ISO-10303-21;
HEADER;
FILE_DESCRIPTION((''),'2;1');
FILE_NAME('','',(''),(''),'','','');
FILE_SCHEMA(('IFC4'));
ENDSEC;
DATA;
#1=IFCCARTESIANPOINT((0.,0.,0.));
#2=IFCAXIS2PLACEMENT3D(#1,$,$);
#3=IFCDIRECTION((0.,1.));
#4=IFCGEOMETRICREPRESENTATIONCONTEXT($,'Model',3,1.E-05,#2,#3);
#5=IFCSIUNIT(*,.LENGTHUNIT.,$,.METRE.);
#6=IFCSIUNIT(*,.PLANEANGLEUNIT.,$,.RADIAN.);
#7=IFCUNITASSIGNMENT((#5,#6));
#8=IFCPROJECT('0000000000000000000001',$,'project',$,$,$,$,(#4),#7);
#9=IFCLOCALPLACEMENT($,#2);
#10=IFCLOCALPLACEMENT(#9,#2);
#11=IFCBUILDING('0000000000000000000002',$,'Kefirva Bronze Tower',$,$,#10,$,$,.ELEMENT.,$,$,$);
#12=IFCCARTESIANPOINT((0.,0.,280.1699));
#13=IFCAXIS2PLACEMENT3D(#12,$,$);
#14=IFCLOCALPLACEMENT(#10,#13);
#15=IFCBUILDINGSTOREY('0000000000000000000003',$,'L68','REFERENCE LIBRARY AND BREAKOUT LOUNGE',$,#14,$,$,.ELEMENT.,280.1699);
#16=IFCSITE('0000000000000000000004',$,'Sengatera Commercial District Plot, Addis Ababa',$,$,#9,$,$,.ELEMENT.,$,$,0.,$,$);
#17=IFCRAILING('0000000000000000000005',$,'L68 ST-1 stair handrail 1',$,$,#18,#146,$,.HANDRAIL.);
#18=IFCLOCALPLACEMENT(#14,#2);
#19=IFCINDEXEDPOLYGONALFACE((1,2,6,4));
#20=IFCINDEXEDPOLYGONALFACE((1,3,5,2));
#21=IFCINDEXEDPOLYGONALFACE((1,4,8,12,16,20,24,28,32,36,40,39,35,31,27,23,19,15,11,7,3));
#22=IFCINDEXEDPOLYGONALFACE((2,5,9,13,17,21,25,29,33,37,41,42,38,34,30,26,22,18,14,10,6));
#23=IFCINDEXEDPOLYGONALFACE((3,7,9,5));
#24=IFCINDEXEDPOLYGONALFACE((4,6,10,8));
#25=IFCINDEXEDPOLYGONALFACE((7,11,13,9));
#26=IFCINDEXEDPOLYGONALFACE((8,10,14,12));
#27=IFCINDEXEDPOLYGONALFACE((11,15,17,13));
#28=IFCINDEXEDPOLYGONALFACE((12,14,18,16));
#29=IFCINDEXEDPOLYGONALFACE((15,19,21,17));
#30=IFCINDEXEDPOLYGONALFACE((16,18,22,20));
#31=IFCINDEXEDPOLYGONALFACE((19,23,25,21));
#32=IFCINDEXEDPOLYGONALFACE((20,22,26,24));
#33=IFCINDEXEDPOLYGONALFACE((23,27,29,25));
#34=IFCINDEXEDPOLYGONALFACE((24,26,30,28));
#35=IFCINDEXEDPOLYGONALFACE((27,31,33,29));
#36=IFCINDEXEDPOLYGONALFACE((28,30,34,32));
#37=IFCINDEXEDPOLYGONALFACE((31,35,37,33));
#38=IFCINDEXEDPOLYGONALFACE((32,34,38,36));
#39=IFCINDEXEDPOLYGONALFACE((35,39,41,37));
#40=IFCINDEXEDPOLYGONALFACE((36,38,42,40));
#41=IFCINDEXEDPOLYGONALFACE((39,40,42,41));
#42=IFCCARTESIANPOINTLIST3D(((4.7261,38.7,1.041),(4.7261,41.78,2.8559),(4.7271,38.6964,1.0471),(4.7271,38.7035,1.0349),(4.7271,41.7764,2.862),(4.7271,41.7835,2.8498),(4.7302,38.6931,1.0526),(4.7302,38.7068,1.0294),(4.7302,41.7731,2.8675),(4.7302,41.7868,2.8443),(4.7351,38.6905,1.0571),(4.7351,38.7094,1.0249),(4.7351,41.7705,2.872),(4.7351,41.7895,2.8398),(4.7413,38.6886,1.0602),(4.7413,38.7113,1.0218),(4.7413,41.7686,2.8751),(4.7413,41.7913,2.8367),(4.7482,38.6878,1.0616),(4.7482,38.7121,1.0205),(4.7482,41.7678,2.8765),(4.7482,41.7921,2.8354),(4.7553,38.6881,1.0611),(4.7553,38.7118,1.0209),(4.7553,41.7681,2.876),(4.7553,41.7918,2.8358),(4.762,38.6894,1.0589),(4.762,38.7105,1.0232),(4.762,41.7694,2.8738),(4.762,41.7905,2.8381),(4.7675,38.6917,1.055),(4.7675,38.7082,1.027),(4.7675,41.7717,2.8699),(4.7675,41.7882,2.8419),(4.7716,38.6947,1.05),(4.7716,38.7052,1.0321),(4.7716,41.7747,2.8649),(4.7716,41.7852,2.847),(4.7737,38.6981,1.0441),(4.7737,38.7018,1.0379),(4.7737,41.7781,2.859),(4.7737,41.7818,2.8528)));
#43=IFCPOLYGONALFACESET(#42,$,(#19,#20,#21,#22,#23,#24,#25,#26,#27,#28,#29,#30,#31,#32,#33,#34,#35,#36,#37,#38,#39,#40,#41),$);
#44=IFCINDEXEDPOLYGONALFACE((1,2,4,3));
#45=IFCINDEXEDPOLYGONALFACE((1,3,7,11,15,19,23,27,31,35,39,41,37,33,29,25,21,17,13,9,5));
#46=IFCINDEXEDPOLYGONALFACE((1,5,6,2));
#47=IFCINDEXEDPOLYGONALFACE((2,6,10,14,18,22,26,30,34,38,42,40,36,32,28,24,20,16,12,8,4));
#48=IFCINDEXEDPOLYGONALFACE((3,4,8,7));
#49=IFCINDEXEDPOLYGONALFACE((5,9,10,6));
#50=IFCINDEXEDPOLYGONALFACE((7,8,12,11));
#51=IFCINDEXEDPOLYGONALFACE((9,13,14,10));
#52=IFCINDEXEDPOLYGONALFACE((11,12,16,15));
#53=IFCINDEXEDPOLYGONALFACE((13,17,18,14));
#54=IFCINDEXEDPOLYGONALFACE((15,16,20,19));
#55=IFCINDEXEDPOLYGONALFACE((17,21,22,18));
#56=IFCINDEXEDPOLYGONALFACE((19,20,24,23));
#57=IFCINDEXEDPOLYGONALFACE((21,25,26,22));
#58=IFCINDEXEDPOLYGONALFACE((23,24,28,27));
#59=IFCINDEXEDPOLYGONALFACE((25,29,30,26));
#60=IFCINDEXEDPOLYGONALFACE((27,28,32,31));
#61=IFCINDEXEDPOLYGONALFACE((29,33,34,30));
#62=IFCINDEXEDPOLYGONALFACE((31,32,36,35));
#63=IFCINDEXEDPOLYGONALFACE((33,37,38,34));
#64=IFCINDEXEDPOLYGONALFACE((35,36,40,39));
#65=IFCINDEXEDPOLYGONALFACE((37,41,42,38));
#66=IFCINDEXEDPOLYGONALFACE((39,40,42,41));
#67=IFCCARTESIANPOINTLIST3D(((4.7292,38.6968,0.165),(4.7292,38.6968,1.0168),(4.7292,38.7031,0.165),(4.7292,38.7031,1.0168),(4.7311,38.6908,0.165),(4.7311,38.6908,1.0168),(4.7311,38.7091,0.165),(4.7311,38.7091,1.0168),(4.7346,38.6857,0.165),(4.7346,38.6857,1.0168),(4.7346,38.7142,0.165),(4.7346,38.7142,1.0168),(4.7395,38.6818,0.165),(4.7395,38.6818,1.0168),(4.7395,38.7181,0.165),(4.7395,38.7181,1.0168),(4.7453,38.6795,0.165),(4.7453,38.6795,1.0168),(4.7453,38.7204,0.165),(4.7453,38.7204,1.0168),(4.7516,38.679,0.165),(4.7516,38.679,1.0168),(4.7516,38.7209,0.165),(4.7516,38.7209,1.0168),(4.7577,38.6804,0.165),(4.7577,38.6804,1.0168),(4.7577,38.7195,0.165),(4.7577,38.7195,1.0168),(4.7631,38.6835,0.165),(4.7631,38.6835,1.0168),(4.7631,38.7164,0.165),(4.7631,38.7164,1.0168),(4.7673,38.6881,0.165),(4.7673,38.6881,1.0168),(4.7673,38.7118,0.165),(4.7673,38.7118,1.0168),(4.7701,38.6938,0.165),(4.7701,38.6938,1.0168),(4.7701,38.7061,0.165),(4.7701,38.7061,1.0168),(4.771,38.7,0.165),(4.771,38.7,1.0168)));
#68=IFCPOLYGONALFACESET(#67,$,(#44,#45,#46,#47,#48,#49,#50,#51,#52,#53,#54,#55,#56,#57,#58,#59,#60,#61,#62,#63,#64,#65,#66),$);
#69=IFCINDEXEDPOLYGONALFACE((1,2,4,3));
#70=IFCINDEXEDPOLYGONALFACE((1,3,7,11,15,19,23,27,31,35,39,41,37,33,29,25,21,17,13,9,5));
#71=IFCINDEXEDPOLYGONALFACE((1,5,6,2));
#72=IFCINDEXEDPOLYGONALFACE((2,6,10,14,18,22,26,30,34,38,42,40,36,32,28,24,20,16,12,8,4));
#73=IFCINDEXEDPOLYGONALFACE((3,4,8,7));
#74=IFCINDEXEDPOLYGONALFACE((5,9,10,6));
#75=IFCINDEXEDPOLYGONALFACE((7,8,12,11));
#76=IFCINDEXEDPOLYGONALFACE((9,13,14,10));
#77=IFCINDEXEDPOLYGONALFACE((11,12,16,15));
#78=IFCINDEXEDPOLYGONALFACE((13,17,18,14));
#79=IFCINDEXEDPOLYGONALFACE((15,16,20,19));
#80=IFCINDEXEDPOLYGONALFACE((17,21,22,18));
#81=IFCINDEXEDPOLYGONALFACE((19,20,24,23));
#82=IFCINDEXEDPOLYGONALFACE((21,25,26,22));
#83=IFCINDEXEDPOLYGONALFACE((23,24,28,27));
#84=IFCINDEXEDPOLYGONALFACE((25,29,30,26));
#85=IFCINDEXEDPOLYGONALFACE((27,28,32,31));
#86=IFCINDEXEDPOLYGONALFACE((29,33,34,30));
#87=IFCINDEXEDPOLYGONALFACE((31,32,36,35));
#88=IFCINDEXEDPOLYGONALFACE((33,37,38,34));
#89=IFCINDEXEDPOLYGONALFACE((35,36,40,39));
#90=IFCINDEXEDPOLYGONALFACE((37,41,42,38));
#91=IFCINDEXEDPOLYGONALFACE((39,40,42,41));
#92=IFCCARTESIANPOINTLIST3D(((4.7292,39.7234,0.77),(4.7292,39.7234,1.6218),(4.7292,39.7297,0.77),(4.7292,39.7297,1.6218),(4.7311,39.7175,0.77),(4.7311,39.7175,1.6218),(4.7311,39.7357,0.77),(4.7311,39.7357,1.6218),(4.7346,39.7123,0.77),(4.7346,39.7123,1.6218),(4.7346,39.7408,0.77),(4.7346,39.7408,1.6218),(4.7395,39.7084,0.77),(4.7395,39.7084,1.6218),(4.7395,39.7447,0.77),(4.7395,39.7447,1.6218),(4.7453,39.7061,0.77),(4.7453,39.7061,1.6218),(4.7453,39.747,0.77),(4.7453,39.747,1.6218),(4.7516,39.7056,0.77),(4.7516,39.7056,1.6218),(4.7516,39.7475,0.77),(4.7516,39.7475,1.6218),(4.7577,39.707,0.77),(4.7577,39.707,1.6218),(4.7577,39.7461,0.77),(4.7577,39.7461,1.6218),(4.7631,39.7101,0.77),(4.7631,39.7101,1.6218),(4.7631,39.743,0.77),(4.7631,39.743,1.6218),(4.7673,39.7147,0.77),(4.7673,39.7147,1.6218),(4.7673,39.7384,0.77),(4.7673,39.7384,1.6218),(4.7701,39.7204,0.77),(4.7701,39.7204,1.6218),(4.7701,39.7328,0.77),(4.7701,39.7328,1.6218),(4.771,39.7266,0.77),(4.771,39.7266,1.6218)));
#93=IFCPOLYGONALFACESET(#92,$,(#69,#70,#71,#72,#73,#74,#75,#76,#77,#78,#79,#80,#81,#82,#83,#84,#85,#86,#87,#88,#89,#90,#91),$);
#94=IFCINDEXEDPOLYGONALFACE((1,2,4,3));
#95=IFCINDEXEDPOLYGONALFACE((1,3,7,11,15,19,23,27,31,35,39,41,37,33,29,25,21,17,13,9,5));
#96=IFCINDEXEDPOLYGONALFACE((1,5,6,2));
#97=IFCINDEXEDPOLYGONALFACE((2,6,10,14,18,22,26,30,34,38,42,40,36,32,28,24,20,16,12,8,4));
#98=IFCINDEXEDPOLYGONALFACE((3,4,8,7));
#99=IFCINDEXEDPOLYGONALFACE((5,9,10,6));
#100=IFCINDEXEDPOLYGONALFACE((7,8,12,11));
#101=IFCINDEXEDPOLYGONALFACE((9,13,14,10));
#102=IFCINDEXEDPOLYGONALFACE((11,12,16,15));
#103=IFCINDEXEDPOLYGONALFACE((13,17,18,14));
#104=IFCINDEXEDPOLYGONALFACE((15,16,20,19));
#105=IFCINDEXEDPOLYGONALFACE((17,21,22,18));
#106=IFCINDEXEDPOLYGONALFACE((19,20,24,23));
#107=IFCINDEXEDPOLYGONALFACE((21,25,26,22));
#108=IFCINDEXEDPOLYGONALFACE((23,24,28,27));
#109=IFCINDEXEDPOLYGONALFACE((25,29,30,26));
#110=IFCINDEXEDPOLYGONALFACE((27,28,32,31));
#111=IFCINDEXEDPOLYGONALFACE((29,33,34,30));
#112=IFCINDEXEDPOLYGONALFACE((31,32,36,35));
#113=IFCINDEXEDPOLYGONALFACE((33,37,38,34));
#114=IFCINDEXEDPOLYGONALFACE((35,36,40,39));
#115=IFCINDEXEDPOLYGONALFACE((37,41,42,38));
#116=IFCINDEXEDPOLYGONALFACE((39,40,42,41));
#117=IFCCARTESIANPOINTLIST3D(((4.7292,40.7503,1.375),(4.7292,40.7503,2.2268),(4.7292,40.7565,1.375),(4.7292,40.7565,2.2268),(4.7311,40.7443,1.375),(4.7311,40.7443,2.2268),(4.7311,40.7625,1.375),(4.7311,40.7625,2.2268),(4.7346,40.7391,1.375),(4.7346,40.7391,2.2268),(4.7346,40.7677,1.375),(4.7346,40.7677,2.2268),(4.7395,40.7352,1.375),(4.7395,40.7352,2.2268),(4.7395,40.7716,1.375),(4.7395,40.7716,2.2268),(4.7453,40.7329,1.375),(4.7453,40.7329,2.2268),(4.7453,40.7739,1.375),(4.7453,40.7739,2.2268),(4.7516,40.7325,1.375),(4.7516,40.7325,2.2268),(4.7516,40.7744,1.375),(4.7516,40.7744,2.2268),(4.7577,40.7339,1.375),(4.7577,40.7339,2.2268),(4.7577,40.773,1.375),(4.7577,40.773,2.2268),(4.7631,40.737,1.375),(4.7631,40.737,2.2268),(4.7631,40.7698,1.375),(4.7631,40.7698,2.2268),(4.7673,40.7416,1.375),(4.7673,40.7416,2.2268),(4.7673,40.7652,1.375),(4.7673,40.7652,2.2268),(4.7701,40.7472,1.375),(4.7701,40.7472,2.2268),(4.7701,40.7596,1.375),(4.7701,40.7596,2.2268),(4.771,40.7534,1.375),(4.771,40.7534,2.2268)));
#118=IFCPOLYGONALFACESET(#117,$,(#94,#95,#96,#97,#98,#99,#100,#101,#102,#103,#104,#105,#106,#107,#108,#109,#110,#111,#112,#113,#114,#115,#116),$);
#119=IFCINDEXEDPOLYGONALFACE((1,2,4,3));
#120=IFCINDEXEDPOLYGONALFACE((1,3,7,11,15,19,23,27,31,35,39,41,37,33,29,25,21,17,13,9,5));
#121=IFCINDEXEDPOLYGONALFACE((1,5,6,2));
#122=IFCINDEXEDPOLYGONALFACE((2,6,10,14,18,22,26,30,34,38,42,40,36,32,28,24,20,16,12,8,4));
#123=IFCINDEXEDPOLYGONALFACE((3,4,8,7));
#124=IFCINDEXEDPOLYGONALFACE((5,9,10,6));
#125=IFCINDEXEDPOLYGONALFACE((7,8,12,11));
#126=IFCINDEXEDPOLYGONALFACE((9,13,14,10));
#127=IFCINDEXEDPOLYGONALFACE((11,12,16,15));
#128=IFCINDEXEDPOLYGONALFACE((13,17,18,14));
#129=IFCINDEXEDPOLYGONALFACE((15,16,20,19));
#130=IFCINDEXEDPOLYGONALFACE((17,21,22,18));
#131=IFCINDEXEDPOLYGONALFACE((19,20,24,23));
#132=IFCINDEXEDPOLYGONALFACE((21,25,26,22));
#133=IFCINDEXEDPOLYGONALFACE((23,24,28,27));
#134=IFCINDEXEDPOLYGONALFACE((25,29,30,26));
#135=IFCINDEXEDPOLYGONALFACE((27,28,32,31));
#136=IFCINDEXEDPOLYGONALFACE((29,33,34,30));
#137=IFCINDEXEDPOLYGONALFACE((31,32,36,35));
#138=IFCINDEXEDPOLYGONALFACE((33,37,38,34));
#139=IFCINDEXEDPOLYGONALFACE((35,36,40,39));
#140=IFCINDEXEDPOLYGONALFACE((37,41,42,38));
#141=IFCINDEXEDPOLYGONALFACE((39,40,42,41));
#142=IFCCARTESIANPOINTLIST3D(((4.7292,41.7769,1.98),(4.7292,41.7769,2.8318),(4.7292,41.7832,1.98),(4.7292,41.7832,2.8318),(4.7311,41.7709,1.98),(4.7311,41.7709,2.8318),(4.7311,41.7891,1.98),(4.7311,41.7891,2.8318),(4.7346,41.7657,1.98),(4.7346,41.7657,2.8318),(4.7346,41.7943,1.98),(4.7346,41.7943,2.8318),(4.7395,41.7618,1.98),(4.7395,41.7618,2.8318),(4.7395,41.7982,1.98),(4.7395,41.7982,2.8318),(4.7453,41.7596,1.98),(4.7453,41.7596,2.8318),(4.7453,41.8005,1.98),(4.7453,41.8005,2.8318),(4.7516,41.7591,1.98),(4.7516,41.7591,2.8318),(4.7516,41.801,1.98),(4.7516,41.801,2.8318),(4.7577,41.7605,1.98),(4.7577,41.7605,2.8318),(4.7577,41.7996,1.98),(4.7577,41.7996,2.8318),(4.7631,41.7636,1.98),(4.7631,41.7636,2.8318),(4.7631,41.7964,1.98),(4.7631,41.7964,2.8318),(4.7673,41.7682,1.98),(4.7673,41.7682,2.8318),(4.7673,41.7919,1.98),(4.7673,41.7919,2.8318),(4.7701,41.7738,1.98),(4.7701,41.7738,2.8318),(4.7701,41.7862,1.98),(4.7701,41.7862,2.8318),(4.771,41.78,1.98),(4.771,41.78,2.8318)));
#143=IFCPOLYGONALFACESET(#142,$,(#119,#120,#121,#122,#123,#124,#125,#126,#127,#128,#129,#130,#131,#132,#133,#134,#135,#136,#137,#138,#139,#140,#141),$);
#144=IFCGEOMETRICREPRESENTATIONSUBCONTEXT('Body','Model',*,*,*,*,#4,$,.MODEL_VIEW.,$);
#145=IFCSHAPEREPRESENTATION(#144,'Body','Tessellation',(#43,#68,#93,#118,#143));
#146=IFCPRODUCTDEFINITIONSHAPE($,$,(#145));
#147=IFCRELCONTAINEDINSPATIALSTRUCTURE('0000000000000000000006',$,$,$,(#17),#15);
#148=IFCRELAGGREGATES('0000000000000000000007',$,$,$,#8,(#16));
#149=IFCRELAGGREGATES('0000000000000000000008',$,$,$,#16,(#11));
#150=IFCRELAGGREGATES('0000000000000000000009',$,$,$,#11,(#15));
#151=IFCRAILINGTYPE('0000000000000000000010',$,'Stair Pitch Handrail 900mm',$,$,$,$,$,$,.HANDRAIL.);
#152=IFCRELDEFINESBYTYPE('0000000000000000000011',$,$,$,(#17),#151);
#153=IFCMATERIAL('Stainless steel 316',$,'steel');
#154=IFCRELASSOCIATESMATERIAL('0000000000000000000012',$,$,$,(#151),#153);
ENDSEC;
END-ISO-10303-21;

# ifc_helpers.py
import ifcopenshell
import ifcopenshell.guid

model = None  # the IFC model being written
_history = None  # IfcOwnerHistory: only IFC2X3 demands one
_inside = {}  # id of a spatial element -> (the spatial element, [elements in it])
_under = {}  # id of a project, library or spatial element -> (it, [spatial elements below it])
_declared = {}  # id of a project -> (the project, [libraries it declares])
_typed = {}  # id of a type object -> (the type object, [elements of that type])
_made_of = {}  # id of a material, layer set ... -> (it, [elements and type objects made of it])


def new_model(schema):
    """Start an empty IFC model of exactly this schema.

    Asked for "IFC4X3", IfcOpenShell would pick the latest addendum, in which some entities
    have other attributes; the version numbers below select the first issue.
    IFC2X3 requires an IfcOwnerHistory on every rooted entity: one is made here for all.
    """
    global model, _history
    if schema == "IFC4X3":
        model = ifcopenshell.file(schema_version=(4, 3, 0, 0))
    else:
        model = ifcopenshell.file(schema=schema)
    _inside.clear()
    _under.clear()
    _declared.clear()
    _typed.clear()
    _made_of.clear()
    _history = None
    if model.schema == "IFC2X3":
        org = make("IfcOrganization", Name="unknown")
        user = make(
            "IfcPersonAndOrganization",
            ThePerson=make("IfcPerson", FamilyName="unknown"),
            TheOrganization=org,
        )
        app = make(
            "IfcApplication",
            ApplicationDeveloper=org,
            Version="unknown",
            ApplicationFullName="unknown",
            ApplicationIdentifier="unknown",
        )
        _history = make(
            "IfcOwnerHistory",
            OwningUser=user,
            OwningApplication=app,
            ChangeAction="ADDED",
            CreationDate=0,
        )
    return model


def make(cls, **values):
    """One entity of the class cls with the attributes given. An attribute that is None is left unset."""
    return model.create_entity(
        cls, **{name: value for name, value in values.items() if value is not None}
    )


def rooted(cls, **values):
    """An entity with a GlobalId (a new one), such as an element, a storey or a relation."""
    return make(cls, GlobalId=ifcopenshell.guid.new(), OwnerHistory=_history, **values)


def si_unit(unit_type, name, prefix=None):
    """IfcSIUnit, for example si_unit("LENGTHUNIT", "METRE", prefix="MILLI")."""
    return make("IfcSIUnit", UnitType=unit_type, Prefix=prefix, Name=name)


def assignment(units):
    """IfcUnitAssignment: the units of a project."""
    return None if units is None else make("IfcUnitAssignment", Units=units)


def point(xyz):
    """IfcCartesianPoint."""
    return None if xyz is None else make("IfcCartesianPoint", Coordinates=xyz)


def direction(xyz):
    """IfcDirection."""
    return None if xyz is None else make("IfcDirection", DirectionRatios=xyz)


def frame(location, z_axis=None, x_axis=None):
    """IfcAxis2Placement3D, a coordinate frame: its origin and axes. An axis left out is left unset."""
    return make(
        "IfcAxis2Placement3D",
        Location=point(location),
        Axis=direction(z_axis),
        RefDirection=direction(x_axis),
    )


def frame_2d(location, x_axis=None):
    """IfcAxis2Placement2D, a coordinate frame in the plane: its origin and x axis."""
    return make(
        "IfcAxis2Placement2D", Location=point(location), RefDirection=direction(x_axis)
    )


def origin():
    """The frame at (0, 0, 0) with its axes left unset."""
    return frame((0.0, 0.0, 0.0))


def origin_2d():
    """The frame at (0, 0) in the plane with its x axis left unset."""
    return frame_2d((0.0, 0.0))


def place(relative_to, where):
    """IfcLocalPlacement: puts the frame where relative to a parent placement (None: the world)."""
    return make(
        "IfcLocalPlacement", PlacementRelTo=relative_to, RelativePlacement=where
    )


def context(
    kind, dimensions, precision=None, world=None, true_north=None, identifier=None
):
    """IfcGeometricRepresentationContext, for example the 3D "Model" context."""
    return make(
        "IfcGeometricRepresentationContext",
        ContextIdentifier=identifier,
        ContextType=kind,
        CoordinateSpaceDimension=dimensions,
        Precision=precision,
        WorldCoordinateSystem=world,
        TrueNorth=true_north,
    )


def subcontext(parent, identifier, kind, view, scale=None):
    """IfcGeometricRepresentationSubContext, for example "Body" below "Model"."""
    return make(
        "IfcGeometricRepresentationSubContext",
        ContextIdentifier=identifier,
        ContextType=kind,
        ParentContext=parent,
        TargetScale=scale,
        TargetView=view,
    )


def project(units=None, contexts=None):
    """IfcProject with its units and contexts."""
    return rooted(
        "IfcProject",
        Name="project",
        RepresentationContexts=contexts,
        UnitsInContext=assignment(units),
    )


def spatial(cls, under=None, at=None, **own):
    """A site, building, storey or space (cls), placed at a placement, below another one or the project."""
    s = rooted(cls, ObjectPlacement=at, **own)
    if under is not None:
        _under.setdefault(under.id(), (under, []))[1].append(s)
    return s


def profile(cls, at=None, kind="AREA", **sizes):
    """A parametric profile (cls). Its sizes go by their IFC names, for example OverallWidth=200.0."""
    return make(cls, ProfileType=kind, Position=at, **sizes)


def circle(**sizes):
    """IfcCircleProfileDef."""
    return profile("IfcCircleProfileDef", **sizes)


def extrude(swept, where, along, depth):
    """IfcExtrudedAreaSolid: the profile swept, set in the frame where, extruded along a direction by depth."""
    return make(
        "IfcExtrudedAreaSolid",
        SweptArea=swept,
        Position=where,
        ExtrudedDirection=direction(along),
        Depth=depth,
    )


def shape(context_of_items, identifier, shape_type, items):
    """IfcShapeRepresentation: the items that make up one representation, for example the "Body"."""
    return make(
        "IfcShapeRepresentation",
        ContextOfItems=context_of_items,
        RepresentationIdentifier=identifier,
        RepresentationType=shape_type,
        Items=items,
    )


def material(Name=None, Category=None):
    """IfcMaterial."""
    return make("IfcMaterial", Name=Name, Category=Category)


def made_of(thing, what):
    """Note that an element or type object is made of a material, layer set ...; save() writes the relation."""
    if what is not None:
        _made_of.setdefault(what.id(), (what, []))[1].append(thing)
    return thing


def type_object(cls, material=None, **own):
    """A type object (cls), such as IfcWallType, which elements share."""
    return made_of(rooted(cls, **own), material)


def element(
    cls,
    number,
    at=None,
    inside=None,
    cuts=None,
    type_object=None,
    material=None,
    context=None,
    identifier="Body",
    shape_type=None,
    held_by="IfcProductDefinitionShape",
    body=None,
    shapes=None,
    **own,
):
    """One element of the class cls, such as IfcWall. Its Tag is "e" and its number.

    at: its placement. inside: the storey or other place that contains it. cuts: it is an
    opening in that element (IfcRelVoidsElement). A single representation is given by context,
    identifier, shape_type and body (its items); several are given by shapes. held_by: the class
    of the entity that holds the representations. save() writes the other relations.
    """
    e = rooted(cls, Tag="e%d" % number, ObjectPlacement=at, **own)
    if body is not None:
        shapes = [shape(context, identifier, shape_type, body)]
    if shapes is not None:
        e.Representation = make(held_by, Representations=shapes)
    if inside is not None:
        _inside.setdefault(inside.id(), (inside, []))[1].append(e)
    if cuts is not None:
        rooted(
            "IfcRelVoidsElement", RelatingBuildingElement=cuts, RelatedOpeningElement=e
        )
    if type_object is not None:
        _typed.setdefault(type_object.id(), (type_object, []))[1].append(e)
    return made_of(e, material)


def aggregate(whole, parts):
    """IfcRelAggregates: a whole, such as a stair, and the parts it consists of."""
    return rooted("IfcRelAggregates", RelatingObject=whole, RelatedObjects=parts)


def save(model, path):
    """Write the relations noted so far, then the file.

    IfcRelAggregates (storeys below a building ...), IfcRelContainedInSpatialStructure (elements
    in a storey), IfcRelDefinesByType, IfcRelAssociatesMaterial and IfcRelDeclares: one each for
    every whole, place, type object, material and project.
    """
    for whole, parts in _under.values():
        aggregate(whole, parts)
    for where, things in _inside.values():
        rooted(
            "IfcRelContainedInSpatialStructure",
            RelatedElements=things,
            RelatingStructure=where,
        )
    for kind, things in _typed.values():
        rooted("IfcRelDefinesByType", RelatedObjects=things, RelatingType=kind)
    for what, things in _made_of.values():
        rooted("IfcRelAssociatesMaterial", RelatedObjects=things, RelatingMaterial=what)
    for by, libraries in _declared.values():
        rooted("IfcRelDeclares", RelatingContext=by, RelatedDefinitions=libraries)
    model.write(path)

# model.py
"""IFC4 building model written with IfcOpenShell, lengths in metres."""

from ifc_helpers import new_model, si_unit, direction, frame, origin, origin_2d, place, context, subcontext, project, spatial, circle, extrude, material, type_object, element, save


model = new_model("IFC4")

# Units and contexts
model_context = context("Model", 3, precision=1e-05, world=origin(), true_north=direction((0.0, 1.0)))
body_context = subcontext(model_context, "Body", "Model", "MODEL_VIEW")
ifc_project = project(units=[si_unit("LENGTHUNIT", "METRE"), si_unit("PLANEANGLEUNIT", "RADIAN")], contexts=[model_context])

# Site, building, storey
site_placement = place(None, origin())
site = spatial("IfcSite", under=ifc_project, at=site_placement, Name="Sengatera Commercial District Plot, Addis Ababa", CompositionType="ELEMENT", RefElevation=0.0)
building_placement = place(site_placement, origin())
building = spatial("IfcBuilding", under=site, at=building_placement, Name="Kefirva Bronze Tower", CompositionType="ELEMENT")
storey_placement = place(building_placement, frame((0.0, 0.0, 280.1699)))
storey = spatial("IfcBuildingStorey", under=building, at=storey_placement, Name="L68", Description="REFERENCE LIBRARY AND BREAKOUT LOUNGE", CompositionType="ELEMENT", Elevation=280.1699)

# Railing
ifc_material_1 = material(Name="Stainless steel 316", Category="steel")
railing_type_1 = type_object("IfcRailingType", Name="Stair Pitch Handrail 900mm", PredefinedType="HANDRAIL", material=ifc_material_1)
railing_1_placement = place(storey_placement, frame((4.75, 38.7, 0.165)))
element("IfcRailing", 1, at=railing_1_placement, inside=storey, type_object=railing_type_1, Name="L68 ST-1 stair handrail 1", PredefinedType="HANDRAIL", context=body_context, shape_type="SweptSolid", body=[
    extrude(circle(Radius=0.0239, at=origin_2d()), frame((0.0, 0.0, 0.876), z_axis=(0.0, 0.861551, 0.507671), x_axis=(-1.0, 0.0, 0.0)), (0.0, 0.0, 1.0), 3.575),
    extrude(circle(Radius=0.021, at=origin_2d()), origin(), (0.0, 0.0, 1.0), 0.8518),
    extrude(circle(Radius=0.021, at=origin_2d()), frame((0.0, 1.0266, 0.605)), (0.0, 0.0, 1.0), 0.8518),
    extrude(circle(Radius=0.021, at=origin_2d()), frame((0.0, 2.0535, 1.21)), (0.0, 0.0, 1.0), 0.8518),
    extrude(circle(Radius=0.021, at=origin_2d()), frame((0.0, 3.0801, 1.8149)), (0.0, 0.0, 1.0), 0.8518),
])

save(model, "model.ifc")
